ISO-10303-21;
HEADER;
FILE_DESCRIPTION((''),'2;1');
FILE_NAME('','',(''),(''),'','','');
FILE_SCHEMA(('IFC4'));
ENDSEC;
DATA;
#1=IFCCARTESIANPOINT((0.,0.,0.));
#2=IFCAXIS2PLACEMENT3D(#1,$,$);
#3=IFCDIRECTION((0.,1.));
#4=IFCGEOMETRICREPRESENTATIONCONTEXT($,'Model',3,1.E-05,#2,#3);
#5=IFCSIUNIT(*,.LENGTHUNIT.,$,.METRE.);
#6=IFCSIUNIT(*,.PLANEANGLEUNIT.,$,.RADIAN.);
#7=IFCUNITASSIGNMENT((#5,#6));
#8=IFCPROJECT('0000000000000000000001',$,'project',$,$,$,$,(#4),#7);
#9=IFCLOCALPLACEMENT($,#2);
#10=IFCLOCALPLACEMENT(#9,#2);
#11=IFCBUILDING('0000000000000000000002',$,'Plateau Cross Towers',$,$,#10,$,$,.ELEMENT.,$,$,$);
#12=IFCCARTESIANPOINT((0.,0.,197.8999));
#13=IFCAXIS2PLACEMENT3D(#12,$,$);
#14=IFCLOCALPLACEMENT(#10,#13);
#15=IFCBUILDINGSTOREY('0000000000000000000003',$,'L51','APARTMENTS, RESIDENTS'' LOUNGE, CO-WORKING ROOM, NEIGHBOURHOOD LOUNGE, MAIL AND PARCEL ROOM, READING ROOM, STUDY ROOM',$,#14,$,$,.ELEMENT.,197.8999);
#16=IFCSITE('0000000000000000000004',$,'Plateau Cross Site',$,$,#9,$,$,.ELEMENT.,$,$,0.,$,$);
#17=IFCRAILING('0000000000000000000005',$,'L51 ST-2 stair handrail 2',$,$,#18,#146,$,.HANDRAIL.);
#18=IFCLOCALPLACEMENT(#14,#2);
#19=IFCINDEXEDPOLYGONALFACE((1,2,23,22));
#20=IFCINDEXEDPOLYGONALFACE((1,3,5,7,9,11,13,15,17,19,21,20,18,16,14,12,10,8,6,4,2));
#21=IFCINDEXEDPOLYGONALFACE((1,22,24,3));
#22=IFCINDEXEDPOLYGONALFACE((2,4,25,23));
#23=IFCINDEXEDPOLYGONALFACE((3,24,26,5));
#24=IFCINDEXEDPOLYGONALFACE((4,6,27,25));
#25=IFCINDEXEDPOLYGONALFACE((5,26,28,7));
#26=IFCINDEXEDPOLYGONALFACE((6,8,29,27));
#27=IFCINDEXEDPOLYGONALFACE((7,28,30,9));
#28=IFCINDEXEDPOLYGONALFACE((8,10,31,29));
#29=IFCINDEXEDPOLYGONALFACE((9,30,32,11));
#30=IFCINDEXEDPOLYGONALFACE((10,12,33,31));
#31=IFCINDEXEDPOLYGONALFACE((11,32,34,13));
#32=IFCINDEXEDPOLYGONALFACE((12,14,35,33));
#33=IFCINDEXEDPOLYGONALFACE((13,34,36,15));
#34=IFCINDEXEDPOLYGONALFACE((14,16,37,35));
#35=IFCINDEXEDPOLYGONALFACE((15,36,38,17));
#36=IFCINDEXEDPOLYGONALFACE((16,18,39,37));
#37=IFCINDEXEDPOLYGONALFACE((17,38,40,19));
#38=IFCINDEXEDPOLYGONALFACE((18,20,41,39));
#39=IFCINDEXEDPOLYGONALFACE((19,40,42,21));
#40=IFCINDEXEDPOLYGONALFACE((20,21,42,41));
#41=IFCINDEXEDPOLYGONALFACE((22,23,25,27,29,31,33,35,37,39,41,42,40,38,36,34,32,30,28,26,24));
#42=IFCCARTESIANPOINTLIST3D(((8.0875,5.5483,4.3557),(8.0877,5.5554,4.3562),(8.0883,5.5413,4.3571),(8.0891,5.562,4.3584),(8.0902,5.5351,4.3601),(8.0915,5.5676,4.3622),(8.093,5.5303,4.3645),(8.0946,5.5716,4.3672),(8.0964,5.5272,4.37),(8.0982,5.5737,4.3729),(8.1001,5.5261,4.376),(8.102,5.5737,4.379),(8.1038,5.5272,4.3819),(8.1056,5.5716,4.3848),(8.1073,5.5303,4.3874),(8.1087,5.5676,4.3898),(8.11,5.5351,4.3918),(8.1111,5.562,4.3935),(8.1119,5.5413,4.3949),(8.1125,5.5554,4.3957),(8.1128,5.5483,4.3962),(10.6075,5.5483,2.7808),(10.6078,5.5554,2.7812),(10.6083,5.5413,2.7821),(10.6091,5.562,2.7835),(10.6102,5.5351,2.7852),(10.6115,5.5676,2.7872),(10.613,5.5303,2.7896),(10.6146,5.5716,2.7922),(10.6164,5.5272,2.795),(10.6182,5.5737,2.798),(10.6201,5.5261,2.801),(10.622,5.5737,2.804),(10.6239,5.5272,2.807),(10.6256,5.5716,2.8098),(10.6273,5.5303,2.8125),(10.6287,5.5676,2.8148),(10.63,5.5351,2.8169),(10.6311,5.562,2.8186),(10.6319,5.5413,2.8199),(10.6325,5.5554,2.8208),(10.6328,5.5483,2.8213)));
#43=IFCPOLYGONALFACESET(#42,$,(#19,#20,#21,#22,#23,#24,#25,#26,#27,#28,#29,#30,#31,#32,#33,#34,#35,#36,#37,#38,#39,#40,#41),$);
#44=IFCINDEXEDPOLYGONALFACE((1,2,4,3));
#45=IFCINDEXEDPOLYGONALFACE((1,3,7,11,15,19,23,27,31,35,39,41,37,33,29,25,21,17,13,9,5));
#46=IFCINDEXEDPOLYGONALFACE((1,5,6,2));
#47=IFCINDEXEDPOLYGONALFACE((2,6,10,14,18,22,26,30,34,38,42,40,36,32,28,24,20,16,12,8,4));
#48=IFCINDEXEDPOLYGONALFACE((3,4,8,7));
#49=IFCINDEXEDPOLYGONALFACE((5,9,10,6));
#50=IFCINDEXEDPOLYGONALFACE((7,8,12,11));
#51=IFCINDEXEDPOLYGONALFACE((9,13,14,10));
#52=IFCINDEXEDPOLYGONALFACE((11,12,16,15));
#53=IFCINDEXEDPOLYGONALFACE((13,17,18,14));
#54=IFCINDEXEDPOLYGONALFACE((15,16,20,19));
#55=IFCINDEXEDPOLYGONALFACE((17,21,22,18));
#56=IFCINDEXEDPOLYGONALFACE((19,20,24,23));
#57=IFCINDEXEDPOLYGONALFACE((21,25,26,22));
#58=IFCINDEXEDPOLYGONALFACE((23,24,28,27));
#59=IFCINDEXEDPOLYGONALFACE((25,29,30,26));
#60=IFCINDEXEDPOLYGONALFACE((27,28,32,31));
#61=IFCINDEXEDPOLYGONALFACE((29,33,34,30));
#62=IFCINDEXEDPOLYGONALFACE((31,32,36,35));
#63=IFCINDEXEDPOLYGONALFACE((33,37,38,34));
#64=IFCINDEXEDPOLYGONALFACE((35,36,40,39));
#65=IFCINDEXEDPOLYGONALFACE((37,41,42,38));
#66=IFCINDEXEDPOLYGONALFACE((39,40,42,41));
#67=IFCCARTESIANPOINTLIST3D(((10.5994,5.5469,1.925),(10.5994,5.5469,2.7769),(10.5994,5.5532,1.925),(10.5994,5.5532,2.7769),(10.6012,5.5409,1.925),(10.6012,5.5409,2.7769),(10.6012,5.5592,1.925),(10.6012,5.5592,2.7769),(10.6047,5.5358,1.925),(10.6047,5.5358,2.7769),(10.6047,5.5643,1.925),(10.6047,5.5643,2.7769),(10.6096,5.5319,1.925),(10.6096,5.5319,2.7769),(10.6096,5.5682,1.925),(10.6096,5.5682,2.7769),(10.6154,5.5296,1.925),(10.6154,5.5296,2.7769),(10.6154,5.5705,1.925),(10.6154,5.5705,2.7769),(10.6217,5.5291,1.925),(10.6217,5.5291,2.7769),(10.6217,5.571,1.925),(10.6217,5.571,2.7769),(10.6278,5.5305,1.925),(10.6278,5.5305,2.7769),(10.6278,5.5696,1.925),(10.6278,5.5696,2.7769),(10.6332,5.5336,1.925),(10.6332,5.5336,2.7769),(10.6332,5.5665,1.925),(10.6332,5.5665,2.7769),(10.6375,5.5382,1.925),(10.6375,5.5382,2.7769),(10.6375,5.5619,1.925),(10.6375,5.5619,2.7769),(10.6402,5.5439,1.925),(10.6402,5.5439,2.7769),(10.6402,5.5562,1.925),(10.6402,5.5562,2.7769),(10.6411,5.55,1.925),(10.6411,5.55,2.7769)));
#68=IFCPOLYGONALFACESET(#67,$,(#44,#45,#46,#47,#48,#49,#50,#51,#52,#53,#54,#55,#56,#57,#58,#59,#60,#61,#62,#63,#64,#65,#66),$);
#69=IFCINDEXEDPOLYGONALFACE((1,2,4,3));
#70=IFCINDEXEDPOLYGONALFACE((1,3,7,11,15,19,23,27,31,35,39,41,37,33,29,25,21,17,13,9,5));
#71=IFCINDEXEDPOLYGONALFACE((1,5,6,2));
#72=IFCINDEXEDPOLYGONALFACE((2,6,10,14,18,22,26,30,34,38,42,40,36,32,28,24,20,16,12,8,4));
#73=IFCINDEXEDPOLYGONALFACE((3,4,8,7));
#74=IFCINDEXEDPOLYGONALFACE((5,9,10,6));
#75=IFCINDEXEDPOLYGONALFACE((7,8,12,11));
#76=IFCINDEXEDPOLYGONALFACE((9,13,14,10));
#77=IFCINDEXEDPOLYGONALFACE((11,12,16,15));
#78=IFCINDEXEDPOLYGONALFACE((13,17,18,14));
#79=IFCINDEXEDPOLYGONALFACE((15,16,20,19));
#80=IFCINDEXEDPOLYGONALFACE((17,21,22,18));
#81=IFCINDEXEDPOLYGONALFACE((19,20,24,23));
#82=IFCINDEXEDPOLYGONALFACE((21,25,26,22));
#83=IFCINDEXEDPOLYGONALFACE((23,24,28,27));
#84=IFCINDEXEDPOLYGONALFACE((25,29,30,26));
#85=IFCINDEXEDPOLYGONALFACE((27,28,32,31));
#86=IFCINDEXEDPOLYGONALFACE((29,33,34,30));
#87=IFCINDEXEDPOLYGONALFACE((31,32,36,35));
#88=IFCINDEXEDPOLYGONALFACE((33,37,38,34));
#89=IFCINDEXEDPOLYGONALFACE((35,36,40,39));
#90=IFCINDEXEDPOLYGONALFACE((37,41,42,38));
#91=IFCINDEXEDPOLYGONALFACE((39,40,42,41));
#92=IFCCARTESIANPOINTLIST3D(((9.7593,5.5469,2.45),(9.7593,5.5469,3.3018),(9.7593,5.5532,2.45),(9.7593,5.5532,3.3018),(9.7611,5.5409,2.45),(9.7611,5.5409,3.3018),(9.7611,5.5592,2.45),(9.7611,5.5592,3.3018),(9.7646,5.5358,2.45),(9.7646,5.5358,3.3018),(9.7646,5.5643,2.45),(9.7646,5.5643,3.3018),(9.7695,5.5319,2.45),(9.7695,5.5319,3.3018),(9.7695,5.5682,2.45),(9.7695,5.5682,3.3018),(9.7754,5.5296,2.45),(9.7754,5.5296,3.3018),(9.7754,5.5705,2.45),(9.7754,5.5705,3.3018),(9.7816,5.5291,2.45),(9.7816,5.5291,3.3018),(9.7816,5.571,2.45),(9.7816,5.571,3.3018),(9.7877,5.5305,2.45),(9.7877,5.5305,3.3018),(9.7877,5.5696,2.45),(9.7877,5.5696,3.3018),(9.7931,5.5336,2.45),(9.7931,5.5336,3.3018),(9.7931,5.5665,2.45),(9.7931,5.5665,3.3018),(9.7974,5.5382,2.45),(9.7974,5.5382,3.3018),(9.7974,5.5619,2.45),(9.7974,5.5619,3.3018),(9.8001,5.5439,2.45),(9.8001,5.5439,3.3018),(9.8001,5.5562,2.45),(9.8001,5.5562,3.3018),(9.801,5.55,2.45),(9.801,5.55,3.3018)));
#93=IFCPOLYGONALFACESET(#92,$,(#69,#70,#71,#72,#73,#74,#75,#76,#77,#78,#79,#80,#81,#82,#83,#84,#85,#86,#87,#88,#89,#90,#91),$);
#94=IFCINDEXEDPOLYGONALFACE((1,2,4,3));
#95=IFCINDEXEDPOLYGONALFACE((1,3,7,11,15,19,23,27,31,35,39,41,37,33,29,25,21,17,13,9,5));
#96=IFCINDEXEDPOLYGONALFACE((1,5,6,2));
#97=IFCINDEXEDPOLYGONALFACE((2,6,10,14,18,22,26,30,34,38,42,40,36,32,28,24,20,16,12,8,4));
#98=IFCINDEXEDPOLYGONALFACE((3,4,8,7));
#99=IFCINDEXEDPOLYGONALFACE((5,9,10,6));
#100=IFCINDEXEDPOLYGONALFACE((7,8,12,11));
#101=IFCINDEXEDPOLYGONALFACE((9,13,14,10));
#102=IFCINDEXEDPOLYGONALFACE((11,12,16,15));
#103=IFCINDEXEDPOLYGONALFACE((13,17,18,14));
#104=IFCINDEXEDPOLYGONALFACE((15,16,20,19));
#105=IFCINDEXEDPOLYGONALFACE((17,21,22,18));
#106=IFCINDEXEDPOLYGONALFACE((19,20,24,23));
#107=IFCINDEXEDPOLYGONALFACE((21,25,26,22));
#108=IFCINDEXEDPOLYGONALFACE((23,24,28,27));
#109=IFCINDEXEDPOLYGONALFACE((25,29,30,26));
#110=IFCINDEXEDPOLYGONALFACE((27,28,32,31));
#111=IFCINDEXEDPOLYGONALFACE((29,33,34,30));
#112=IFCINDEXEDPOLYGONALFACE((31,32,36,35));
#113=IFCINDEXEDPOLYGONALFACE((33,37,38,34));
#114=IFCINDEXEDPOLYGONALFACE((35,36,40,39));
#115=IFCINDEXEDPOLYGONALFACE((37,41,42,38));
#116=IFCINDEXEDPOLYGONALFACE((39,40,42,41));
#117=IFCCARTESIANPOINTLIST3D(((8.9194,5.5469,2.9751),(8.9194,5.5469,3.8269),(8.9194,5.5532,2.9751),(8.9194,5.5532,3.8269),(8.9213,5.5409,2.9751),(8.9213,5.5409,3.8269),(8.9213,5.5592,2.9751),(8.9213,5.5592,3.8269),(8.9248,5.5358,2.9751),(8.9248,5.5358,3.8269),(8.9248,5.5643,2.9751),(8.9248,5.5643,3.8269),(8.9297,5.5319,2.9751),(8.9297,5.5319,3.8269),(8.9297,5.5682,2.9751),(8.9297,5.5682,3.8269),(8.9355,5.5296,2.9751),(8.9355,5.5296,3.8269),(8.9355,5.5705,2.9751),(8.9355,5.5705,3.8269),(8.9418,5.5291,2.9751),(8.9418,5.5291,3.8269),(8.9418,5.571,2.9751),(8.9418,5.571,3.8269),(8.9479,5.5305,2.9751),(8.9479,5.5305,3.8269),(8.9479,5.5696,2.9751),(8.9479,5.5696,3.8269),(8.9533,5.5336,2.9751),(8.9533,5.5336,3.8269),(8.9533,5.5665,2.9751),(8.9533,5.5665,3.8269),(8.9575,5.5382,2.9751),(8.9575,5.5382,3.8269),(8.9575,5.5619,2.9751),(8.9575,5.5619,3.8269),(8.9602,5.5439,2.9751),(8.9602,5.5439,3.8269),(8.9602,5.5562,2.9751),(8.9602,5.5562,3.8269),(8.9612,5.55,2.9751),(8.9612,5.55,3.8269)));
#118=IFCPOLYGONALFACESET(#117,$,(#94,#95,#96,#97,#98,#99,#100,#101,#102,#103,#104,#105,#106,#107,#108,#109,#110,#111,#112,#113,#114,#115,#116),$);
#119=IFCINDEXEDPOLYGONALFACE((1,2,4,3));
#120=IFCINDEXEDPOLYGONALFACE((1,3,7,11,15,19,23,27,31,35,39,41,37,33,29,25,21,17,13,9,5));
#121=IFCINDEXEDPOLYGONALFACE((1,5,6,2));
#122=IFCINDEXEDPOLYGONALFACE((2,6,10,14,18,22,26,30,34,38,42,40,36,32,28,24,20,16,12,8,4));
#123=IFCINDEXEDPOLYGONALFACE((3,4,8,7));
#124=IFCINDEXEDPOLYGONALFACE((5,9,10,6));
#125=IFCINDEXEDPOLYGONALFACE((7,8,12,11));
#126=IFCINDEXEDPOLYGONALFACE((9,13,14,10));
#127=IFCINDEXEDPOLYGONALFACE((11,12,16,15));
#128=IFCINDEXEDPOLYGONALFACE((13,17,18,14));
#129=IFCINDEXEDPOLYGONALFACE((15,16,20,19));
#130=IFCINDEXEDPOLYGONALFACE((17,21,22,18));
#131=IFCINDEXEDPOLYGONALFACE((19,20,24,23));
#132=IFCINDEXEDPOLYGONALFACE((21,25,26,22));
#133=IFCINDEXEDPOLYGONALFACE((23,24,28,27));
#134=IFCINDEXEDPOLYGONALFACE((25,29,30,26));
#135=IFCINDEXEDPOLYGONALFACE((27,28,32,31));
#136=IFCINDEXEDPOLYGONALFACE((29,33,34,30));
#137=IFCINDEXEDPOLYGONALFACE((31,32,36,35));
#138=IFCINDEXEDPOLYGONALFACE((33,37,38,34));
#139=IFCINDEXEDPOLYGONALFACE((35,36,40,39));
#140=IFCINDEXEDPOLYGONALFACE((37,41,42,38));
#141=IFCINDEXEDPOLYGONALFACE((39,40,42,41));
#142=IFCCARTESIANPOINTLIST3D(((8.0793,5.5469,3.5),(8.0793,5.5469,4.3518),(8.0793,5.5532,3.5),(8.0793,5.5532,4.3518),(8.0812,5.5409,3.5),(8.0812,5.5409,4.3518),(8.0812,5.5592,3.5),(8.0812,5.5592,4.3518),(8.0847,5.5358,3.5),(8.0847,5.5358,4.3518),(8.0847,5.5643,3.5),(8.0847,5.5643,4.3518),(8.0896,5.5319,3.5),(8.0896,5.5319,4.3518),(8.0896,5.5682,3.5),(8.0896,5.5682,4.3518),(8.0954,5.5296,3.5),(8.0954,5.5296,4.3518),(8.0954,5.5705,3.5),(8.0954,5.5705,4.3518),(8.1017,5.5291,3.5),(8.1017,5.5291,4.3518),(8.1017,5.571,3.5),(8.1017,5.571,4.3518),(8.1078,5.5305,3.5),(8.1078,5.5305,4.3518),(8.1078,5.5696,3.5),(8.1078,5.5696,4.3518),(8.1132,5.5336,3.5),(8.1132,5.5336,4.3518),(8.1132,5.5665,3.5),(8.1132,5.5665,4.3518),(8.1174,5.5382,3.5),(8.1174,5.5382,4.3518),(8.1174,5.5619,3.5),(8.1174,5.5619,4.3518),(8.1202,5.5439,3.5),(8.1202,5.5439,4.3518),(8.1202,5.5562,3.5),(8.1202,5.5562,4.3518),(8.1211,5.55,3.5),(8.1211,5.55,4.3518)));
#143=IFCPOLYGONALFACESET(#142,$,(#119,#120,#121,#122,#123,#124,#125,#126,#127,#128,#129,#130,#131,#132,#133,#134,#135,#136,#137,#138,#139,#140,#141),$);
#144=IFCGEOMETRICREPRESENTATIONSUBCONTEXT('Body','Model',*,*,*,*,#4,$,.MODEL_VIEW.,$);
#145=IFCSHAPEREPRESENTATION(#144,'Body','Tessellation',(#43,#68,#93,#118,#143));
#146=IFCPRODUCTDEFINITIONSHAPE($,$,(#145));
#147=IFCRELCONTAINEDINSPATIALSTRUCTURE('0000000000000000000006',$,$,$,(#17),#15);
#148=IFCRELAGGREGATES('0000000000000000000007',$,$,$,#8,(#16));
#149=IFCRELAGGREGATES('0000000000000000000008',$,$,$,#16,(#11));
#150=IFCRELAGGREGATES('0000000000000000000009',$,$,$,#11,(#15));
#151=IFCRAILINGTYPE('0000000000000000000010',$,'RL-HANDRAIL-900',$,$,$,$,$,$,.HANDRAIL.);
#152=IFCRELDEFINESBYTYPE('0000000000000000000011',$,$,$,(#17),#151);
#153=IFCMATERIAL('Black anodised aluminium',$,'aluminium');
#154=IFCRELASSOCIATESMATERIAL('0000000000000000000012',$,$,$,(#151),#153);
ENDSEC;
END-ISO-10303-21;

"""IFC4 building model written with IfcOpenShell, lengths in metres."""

from ifc_helpers import new_model, si_unit, direction, frame, origin, origin_2d, place, context, subcontext, project, spatial, circle, extrude, material, type_object, element, save


model = new_model("IFC4")

# Units and contexts
model_context = context("Model", 3, precision=1e-05, world=origin(), true_north=direction((0.0, 1.0)))
body_context = subcontext(model_context, "Body", "Model", "MODEL_VIEW")
ifc_project = project(units=[si_unit("LENGTHUNIT", "METRE"), si_unit("PLANEANGLEUNIT", "RADIAN")], contexts=[model_context])

# Site, building, storey
site_placement = place(None, origin())
site = spatial("IfcSite", under=ifc_project, at=site_placement, Name="Plateau Cross Site", CompositionType="ELEMENT", RefElevation=0.0)
building_placement = place(site_placement, origin())
building = spatial("IfcBuilding", under=site, at=building_placement, Name="Plateau Cross Towers", CompositionType="ELEMENT")
storey_placement = place(building_placement, frame((0.0, 0.0, 197.8999)))
storey = spatial("IfcBuildingStorey", under=building, at=storey_placement, Name="L51", Description="APARTMENTS, RESIDENTS' LOUNGE, CO-WORKING ROOM, NEIGHBOURHOOD LOUNGE, MAIL AND PARCEL ROOM, READING ROOM, STUDY ROOM", CompositionType="ELEMENT", Elevation=197.8999)

# Railing
ifc_material_1 = material(Name="Black anodised aluminium", Category="aluminium")
railing_type = type_object("IfcRailingType", Name="RL-HANDRAIL-900", PredefinedType="HANDRAIL", material=ifc_material_1)
railing_1_placement = place(storey_placement, frame((10.6201, 5.55, 1.925)))
element("IfcRailing", 1, at=railing_1_placement, inside=storey, type_object=railing_type, Name="L51 ST-2 stair handrail 2", PredefinedType="HANDRAIL", context=body_context, shape_type="SweptSolid", body=[
    extrude(circle(Radius=0.0239, at=origin_2d()), frame((0.0, 0.0, 0.876), z_axis=(-0.848008, 0.0, 0.529984), x_axis=(0.0, -1.0, 0.0)), (0.0, 0.0, 1.0), 2.9717),
    extrude(circle(Radius=0.021, at=origin_2d()), origin(), (0.0, 0.0, 1.0), 0.8518),
    extrude(circle(Radius=0.021, at=origin_2d()), frame((-0.8401, 0.0, 0.5249)), (0.0, 0.0, 1.0), 0.8518),
    extrude(circle(Radius=0.021, at=origin_2d()), frame((-1.6799, 0.0, 1.05)), (0.0, 0.0, 1.0), 0.8518),
    extrude(circle(Radius=0.021, at=origin_2d()), frame((-2.52, 0.0, 1.575)), (0.0, 0.0, 1.0), 0.8518),
])

save(model, "model.ifc")
